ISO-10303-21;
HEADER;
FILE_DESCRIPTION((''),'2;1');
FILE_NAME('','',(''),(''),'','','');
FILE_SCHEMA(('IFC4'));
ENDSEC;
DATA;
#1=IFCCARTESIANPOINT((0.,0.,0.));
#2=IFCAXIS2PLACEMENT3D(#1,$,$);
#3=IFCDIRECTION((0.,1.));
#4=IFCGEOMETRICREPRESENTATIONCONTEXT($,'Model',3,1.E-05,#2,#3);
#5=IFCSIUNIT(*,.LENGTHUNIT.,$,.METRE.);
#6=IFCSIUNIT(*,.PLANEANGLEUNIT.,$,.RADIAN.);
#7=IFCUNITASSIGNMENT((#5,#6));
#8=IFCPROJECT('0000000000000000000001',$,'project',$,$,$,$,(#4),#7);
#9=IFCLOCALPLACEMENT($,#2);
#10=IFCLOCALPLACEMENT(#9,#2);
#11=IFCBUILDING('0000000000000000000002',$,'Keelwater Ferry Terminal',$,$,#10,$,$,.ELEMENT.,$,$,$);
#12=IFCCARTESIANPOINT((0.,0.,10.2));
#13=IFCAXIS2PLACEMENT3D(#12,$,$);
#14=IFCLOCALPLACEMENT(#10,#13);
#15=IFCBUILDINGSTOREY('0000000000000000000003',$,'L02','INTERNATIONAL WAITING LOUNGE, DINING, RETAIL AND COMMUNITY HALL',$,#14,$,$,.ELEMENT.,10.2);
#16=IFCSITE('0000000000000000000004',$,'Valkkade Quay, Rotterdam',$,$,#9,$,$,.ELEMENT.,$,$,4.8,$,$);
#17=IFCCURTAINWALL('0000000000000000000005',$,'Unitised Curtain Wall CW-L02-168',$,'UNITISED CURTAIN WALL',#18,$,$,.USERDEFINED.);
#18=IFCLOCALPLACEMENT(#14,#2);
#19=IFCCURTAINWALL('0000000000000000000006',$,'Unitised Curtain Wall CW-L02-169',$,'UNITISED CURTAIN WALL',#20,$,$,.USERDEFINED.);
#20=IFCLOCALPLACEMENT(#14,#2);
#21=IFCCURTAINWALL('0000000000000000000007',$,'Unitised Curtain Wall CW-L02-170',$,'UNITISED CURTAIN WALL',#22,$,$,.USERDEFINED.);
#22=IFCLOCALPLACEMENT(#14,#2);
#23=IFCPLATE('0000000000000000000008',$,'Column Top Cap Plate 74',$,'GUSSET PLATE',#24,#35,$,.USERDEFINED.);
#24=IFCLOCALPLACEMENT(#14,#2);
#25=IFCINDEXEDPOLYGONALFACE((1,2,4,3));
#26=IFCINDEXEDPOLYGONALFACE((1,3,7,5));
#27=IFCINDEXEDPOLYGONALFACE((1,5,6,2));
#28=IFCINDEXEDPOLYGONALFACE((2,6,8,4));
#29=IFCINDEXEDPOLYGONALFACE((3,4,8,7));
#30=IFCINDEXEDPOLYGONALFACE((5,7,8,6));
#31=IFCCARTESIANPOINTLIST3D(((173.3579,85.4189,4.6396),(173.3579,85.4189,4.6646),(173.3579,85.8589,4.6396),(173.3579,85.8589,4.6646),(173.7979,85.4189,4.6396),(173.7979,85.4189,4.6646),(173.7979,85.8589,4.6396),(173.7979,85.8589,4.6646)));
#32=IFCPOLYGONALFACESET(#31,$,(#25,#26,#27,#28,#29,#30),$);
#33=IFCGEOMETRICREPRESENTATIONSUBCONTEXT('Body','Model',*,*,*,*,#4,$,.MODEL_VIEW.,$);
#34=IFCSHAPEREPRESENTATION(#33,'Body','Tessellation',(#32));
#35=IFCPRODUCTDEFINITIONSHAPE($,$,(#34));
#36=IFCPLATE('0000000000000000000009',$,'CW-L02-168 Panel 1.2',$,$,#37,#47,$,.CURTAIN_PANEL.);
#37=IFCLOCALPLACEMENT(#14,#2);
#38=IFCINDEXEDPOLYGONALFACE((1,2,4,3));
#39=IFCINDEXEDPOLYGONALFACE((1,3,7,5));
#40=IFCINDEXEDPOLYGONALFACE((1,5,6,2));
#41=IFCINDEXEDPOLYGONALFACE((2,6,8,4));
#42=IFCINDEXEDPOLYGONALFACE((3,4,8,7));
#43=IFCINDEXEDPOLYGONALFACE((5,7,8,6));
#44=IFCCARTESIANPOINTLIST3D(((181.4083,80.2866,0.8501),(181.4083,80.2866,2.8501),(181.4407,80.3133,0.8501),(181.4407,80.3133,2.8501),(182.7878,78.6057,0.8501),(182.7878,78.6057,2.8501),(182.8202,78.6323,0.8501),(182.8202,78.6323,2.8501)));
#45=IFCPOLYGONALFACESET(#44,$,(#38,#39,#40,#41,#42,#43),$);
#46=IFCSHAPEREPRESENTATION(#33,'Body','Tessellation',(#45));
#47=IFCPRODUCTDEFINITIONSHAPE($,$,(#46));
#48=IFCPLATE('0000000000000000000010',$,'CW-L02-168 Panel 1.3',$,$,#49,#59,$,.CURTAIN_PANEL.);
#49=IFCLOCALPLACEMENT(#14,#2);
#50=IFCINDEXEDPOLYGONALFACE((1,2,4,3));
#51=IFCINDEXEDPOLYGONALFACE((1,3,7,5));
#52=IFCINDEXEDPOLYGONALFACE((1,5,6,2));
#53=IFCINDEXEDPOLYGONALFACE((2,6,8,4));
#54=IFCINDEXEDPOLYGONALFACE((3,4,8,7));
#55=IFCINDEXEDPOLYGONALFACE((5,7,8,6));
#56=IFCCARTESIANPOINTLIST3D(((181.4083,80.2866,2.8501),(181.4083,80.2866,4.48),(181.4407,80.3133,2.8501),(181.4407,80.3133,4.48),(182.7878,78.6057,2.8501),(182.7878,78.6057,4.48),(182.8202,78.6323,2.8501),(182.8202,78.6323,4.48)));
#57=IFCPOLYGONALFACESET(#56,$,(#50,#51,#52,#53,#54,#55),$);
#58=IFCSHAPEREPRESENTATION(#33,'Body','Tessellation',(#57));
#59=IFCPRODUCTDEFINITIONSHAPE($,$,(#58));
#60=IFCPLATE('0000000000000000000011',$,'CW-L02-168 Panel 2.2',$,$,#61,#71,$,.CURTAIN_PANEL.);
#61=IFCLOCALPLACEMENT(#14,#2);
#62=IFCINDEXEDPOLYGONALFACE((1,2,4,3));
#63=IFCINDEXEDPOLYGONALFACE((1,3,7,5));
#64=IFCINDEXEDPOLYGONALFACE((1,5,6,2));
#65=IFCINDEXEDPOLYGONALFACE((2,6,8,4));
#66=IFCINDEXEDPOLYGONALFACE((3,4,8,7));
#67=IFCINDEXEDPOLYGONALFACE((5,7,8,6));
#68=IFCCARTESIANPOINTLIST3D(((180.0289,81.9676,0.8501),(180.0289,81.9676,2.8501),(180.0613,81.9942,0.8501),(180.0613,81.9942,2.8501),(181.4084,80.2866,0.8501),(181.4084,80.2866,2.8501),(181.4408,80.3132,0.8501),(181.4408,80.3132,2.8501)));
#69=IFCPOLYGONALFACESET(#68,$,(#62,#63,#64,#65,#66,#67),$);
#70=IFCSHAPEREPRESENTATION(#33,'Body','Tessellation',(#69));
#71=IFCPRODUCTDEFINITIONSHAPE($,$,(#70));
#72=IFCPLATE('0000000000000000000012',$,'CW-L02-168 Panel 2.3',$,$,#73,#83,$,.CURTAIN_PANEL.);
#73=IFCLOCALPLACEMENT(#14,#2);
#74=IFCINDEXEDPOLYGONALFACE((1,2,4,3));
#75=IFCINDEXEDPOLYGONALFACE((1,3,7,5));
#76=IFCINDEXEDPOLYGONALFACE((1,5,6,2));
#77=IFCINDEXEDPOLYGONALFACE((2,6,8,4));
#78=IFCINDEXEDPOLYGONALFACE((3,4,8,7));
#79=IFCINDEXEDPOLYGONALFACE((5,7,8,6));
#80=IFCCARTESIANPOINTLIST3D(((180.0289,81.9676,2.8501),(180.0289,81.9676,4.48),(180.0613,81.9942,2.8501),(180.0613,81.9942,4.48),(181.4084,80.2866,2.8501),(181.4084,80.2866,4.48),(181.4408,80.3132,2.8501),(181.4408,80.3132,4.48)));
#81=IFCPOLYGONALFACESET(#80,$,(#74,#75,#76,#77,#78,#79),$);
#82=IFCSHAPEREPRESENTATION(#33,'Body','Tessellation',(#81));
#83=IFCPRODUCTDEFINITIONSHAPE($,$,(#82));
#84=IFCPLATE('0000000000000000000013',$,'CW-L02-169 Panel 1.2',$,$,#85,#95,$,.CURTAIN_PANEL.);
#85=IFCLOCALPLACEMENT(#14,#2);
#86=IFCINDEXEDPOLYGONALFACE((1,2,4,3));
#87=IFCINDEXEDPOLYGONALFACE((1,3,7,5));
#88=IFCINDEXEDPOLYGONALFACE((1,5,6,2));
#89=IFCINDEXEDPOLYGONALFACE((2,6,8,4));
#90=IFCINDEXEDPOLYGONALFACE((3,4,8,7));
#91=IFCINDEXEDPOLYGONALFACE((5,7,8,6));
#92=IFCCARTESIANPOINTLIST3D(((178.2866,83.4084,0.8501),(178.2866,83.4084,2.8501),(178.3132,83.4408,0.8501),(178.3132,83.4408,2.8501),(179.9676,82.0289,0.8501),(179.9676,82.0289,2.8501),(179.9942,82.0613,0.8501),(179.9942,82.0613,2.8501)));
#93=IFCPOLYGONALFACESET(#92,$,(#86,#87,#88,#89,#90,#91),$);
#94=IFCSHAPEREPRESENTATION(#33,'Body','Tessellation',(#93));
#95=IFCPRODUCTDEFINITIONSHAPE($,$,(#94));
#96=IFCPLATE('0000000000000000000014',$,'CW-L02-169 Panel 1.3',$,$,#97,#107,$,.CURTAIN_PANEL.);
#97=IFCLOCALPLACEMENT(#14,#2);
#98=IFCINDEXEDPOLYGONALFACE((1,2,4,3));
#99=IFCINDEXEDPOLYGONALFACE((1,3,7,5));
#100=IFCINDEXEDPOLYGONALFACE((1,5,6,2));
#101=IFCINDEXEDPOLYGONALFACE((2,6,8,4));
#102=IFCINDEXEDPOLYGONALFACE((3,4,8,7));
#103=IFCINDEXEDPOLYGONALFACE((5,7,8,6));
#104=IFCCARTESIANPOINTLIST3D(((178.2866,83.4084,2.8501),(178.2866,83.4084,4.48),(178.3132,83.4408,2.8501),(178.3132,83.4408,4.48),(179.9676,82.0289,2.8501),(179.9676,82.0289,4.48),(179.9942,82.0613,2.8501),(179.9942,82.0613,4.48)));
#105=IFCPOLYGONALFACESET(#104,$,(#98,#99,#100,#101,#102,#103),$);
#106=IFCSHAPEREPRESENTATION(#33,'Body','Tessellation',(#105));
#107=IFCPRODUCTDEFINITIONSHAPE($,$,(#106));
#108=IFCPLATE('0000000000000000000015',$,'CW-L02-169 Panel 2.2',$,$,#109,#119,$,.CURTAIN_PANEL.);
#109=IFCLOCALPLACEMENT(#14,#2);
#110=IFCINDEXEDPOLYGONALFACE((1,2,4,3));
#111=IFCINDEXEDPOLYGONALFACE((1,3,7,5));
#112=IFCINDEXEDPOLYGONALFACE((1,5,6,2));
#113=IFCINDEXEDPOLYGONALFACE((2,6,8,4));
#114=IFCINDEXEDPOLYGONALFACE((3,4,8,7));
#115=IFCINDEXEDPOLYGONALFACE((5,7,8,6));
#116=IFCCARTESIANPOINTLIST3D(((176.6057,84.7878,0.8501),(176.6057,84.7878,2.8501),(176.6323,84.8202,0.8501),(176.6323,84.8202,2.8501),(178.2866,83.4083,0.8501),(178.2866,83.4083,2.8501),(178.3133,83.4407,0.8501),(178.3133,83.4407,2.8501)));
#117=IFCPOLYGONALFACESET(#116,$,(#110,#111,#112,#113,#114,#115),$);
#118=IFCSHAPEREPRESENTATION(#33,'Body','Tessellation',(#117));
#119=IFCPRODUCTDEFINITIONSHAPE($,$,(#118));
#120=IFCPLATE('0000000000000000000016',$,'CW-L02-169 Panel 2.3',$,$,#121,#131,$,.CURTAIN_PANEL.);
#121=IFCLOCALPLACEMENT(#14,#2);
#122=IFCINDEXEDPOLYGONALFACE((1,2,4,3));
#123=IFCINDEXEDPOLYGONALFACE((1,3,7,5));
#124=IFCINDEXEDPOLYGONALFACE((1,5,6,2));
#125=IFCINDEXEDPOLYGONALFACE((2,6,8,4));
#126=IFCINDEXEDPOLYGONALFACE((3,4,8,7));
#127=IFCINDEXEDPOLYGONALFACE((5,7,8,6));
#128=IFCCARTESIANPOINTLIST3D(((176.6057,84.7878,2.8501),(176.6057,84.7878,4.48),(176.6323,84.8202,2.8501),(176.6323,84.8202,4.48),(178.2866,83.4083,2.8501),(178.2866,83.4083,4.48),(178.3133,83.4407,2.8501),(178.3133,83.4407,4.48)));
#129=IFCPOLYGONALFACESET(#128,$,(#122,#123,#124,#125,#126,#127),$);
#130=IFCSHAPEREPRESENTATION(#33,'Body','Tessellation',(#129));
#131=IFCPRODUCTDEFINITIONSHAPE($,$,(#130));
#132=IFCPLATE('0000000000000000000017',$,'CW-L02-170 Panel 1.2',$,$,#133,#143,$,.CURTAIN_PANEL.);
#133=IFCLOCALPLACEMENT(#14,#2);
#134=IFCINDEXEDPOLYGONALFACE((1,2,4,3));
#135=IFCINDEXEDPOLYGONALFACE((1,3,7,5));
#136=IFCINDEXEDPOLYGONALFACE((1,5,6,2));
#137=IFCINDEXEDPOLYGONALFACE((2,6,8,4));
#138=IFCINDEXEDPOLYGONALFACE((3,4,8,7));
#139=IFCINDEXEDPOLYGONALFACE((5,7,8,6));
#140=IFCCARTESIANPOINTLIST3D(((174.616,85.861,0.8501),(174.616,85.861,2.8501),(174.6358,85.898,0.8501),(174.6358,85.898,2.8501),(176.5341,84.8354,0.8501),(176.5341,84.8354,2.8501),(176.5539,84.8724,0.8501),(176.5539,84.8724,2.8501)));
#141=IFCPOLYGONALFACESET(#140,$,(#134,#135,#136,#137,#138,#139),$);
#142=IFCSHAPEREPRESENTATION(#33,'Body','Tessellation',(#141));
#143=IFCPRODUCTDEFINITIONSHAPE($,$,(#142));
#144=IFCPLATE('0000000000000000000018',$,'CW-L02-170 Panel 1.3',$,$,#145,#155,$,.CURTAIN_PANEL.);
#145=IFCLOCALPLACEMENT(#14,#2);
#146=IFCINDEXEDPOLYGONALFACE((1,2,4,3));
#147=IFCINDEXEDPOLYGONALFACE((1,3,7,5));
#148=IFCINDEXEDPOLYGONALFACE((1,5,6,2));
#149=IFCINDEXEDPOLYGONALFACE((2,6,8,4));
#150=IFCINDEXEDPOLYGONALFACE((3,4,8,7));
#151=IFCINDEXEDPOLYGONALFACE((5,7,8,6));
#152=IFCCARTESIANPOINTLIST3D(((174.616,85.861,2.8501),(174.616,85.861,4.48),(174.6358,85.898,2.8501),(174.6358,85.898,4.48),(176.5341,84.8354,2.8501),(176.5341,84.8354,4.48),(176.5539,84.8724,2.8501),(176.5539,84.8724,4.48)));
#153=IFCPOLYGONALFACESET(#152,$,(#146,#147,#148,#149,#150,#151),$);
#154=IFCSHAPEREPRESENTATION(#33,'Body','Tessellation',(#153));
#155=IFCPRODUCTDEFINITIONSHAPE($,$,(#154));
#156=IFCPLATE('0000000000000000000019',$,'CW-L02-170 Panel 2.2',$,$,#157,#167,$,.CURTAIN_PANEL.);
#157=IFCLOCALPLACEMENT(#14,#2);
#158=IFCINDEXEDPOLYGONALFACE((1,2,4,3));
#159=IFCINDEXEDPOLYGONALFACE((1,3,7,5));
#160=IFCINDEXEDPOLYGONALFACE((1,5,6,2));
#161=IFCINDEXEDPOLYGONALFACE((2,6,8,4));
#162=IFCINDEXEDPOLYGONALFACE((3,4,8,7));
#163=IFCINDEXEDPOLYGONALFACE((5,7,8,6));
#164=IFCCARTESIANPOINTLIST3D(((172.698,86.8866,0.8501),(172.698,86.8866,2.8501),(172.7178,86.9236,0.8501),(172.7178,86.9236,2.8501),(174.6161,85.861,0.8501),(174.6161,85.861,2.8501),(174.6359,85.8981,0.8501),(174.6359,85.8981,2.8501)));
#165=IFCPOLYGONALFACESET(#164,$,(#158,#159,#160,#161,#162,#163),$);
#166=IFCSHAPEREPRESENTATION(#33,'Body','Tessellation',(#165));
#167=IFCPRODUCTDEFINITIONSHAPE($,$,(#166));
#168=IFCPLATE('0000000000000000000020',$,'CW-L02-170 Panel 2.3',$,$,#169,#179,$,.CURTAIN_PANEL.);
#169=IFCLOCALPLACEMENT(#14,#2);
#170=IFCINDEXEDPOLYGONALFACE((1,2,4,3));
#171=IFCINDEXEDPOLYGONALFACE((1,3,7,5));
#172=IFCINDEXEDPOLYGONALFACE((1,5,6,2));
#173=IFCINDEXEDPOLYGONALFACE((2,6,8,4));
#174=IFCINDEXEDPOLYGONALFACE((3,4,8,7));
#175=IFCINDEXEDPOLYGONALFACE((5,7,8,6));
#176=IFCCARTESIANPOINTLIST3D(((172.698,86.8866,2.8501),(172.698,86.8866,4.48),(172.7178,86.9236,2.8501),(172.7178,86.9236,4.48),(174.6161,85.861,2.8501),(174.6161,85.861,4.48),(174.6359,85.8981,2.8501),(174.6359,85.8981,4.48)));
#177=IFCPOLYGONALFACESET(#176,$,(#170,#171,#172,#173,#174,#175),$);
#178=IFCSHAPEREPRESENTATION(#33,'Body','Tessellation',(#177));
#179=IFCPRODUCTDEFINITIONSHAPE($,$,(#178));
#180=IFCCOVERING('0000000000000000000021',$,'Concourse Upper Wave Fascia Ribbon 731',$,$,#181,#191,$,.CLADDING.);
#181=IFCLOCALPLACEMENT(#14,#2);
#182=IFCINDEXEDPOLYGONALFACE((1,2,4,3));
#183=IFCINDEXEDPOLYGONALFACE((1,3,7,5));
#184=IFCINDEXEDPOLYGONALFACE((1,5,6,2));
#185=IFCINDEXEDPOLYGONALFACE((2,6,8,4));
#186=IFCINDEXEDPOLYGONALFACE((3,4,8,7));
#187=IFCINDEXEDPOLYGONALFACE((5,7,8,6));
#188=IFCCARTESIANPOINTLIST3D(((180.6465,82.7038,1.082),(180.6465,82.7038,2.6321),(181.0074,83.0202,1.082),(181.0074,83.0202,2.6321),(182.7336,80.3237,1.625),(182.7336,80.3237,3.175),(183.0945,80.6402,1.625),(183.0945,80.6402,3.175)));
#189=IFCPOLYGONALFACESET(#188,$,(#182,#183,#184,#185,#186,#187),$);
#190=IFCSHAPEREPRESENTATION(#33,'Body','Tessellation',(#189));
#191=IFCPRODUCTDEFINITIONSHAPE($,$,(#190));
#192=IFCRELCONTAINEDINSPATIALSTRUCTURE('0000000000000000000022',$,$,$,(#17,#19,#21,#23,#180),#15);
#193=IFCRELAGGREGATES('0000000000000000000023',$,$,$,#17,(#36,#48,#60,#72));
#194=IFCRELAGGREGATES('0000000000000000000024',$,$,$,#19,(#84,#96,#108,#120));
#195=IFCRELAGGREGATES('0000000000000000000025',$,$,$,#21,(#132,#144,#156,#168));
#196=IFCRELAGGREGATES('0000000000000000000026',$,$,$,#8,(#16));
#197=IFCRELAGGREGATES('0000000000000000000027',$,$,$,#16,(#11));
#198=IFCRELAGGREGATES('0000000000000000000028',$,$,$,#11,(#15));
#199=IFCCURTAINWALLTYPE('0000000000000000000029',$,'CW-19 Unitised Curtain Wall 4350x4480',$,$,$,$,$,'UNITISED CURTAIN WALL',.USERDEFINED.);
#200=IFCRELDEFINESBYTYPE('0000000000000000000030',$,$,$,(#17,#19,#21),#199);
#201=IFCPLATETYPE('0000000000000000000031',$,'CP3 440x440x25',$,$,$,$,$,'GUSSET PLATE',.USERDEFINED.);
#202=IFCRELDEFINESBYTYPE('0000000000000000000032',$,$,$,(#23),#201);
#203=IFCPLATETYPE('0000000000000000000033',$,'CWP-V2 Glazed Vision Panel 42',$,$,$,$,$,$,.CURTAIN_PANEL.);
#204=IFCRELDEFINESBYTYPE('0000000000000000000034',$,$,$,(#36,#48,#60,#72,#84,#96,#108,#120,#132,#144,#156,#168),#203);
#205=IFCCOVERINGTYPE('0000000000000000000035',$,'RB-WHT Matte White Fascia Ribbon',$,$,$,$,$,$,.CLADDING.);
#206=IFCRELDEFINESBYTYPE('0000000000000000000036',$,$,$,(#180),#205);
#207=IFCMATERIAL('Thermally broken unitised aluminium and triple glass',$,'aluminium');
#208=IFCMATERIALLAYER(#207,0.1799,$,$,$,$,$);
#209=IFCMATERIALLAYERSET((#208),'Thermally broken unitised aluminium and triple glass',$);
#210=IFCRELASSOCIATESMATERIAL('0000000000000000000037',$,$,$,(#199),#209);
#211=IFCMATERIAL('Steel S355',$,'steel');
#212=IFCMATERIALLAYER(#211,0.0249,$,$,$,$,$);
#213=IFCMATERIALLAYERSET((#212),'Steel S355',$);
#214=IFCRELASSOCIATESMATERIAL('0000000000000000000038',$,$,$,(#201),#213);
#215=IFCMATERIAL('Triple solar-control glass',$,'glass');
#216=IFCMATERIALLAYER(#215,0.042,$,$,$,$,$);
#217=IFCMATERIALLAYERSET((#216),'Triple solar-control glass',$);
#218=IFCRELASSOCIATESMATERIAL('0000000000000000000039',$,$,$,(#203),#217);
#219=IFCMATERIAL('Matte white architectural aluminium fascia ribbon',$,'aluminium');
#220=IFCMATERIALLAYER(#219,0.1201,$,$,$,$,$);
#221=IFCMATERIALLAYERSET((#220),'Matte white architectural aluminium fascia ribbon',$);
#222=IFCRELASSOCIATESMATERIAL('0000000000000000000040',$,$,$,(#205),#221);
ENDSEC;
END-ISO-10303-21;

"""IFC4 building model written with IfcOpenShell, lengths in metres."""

from ifc_helpers import new_model, si_unit, direction, frame, origin, origin_2d, place, context, subcontext, project, spatial, polyline, rectangle, outline, extrude, material, layer, layer_set, type_object, element, aggregate, save


model = new_model("IFC4")

# Units and contexts
model_context = context("Model", 3, precision=1e-05, world=origin(), true_north=direction((0.0, 1.0)))
body_context = subcontext(model_context, "Body", "Model", "MODEL_VIEW")
ifc_project = project(units=[si_unit("LENGTHUNIT", "METRE"), si_unit("PLANEANGLEUNIT", "RADIAN")], contexts=[model_context])

# Site, building, storey
site_placement = place(None, origin())
site = spatial("IfcSite", under=ifc_project, at=site_placement, Name="Valkkade Quay, Rotterdam", CompositionType="ELEMENT", RefElevation=4.8)
building_placement = place(site_placement, origin())
building = spatial("IfcBuilding", under=site, at=building_placement, Name="Keelwater Ferry Terminal", CompositionType="ELEMENT")
storey_placement = place(building_placement, frame((0.0, 0.0, 10.2)))
storey = spatial("IfcBuildingStorey", under=building, at=storey_placement, Name="L02", Description="INTERNATIONAL WAITING LOUNGE, DINING, RETAIL AND COMMUNITY HALL", CompositionType="ELEMENT", Elevation=10.2)

# Curtain walls
ifc_material_1 = material(Name="Thermally broken unitised aluminium and triple glass", Category="aluminium")
ifc_layer_1 = layer(ifc_material_1, 0.1799)
ifc_layer_set_1 = layer_set([ifc_layer_1], Name="Thermally broken unitised aluminium and triple glass")
curtain_wall_type = type_object("IfcCurtainWallType", Name="CW-19 Unitised Curtain Wall 4350x4480", ElementType="UNITISED CURTAIN WALL", PredefinedType="USERDEFINED", material=ifc_layer_set_1)
curtain_wall_1_placement = place(storey_placement, origin())
curtain_wall_1 = element("IfcCurtainWall", 1, at=curtain_wall_1_placement, inside=storey, type_object=curtain_wall_type, Name="Unitised Curtain Wall CW-L02-168", ObjectType="UNITISED CURTAIN WALL", PredefinedType="USERDEFINED")
curtain_wall_2_placement = place(storey_placement, origin())
curtain_wall_2 = element("IfcCurtainWall", 2, at=curtain_wall_2_placement, inside=storey, type_object=curtain_wall_type, Name="Unitised Curtain Wall CW-L02-169", ObjectType="UNITISED CURTAIN WALL", PredefinedType="USERDEFINED")
curtain_wall_3_placement = place(storey_placement, origin())
curtain_wall_3 = element("IfcCurtainWall", 3, at=curtain_wall_3_placement, inside=storey, type_object=curtain_wall_type, Name="Unitised Curtain Wall CW-L02-170", ObjectType="UNITISED CURTAIN WALL", PredefinedType="USERDEFINED")

# Plates
ifc_material_2 = material(Name="Steel S355", Category="steel")
ifc_layer_2 = layer(ifc_material_2, 0.0249)
ifc_layer_set_2 = layer_set([ifc_layer_2], Name="Steel S355")
plate_type_1 = type_object("IfcPlateType", Name="CP3 440x440x25", ElementType="GUSSET PLATE", PredefinedType="USERDEFINED", material=ifc_layer_set_2)
plate_1_placement = place(storey_placement, frame((173.5779, 85.6389, 4.6396), z_axis=(0.0, 0.0, 1.0), x_axis=(1.0, 0.0, 0.0)))
element("IfcPlate", 4, at=plate_1_placement, inside=storey, type_object=plate_type_1, Name="Column Top Cap Plate 74", ObjectType="GUSSET PLATE", PredefinedType="USERDEFINED", context=body_context, shape_type="SweptSolid", body=[
    extrude(rectangle(XDim=0.4399, YDim=0.4399, at=origin_2d()), origin(), (0.0, 0.0, 1.0), 0.0249),
])
ifc_material_3 = material(Name="Triple solar-control glass", Category="glass")
ifc_layer_3 = layer(ifc_material_3, 0.042)
ifc_layer_set_3 = layer_set([ifc_layer_3], Name="Triple solar-control glass")
plate_type_2 = type_object("IfcPlateType", Name="CWP-V2 Glazed Vision Panel 42", PredefinedType="CURTAIN_PANEL", material=ifc_layer_set_3)
plate_2_placement = place(storey_placement, frame((182.1143, 79.4595, 0.8501), z_axis=(0.0, 0.0, 1.0), x_axis=(-0.634377, 0.773024, 0.0)))
plate_2 = element("IfcPlate", 5, at=plate_2_placement, type_object=plate_type_2, Name="CW-L02-168 Panel 1.2", PredefinedType="CURTAIN_PANEL", context=body_context, shape_type="SweptSolid", body=[
    extrude(rectangle(XDim=2.1746, YDim=0.042, at=origin_2d()), origin(), (0.0, 0.0, 1.0), 2.0),
])
plate_3_placement = place(storey_placement, frame((182.1143, 79.4595, 2.8501), z_axis=(0.0, 0.0, 1.0), x_axis=(-0.634377, 0.773024, 0.0)))
plate_3 = element("IfcPlate", 6, at=plate_3_placement, type_object=plate_type_2, Name="CW-L02-168 Panel 1.3", PredefinedType="CURTAIN_PANEL", context=body_context, shape_type="SweptSolid", body=[
    extrude(rectangle(XDim=2.1746, YDim=0.042, at=origin_2d()), origin(), (0.0, 0.0, 1.0), 1.6299),
])
plate_4_placement = place(storey_placement, frame((180.7349, 81.1404, 0.8501), z_axis=(0.0, 0.0, 1.0), x_axis=(-0.634377, 0.773024, 0.0)))
plate_4 = element("IfcPlate", 7, at=plate_4_placement, type_object=plate_type_2, Name="CW-L02-168 Panel 2.2", PredefinedType="CURTAIN_PANEL", context=body_context, shape_type="SweptSolid", body=[
    extrude(rectangle(XDim=2.1746, YDim=0.042, at=origin_2d()), origin(), (0.0, 0.0, 1.0), 2.0),
])
plate_5_placement = place(storey_placement, frame((180.7349, 81.1404, 2.8501), z_axis=(0.0, 0.0, 1.0), x_axis=(-0.634377, 0.773024, 0.0)))
plate_5 = element("IfcPlate", 8, at=plate_5_placement, type_object=plate_type_2, Name="CW-L02-168 Panel 2.3", PredefinedType="CURTAIN_PANEL", context=body_context, shape_type="SweptSolid", body=[
    extrude(rectangle(XDim=2.1746, YDim=0.042, at=origin_2d()), origin(), (0.0, 0.0, 1.0), 1.6299),
])
aggregate(curtain_wall_1, [plate_2, plate_3, plate_4, plate_5])
plate_6_placement = place(storey_placement, frame((179.1404, 82.7349, 0.8501), z_axis=(0.0, 0.0, 1.0), x_axis=(-0.773024, 0.634377, 0.0)))
plate_6 = element("IfcPlate", 9, at=plate_6_placement, type_object=plate_type_2, Name="CW-L02-169 Panel 1.2", PredefinedType="CURTAIN_PANEL", context=body_context, shape_type="SweptSolid", body=[
    extrude(rectangle(XDim=2.1746, YDim=0.042, at=origin_2d()), origin(), (0.0, 0.0, 1.0), 2.0),
])
plate_7_placement = place(storey_placement, frame((179.1404, 82.7349, 2.8501), z_axis=(0.0, 0.0, 1.0), x_axis=(-0.773024, 0.634377, 0.0)))
plate_7 = element("IfcPlate", 10, at=plate_7_placement, type_object=plate_type_2, Name="CW-L02-169 Panel 1.3", PredefinedType="CURTAIN_PANEL", context=body_context, shape_type="SweptSolid", body=[
    extrude(rectangle(XDim=2.1746, YDim=0.042, at=origin_2d()), origin(), (0.0, 0.0, 1.0), 1.6299),
])
plate_8_placement = place(storey_placement, frame((177.4595, 84.1143, 0.8501), z_axis=(0.0, 0.0, 1.0), x_axis=(-0.773024, 0.634377, 0.0)))
plate_8 = element("IfcPlate", 11, at=plate_8_placement, type_object=plate_type_2, Name="CW-L02-169 Panel 2.2", PredefinedType="CURTAIN_PANEL", context=body_context, shape_type="SweptSolid", body=[
    extrude(rectangle(XDim=2.1746, YDim=0.042, at=origin_2d()), origin(), (0.0, 0.0, 1.0), 2.0),
])
plate_9_placement = place(storey_placement, frame((177.4595, 84.1143, 2.8501), z_axis=(0.0, 0.0, 1.0), x_axis=(-0.773024, 0.634377, 0.0)))
plate_9 = element("IfcPlate", 12, at=plate_9_placement, type_object=plate_type_2, Name="CW-L02-169 Panel 2.3", PredefinedType="CURTAIN_PANEL", context=body_context, shape_type="SweptSolid", body=[
    extrude(rectangle(XDim=2.1746, YDim=0.042, at=origin_2d()), origin(), (0.0, 0.0, 1.0), 1.6299),
])
aggregate(curtain_wall_2, [plate_6, plate_7, plate_8, plate_9])
plate_10_placement = place(storey_placement, frame((175.585, 85.3667, 0.8501), z_axis=(0.0, 0.0, 1.0), x_axis=(-0.881862, 0.471507, 0.0)))
plate_10 = element("IfcPlate", 13, at=plate_10_placement, type_object=plate_type_2, Name="CW-L02-170 Panel 1.2", PredefinedType="CURTAIN_PANEL", context=body_context, shape_type="SweptSolid", body=[
    extrude(rectangle(XDim=2.175, YDim=0.042, at=origin_2d()), origin(), (0.0, 0.0, 1.0), 2.0),
])
plate_11_placement = place(storey_placement, frame((175.585, 85.3667, 2.8501), z_axis=(0.0, 0.0, 1.0), x_axis=(-0.881862, 0.471507, 0.0)))
plate_11 = element("IfcPlate", 14, at=plate_11_placement, type_object=plate_type_2, Name="CW-L02-170 Panel 1.3", PredefinedType="CURTAIN_PANEL", context=body_context, shape_type="SweptSolid", body=[
    extrude(rectangle(XDim=2.175, YDim=0.042, at=origin_2d()), origin(), (0.0, 0.0, 1.0), 1.6299),
])
plate_12_placement = place(storey_placement, frame((173.667, 86.3923, 0.8501), z_axis=(0.0, 0.0, 1.0), x_axis=(-0.881862, 0.471507, 0.0)))
plate_12 = element("IfcPlate", 15, at=plate_12_placement, type_object=plate_type_2, Name="CW-L02-170 Panel 2.2", PredefinedType="CURTAIN_PANEL", context=body_context, shape_type="SweptSolid", body=[
    extrude(rectangle(XDim=2.175, YDim=0.042, at=origin_2d()), origin(), (0.0, 0.0, 1.0), 2.0),
])
plate_13_placement = place(storey_placement, frame((173.667, 86.3923, 2.8501), z_axis=(0.0, 0.0, 1.0), x_axis=(-0.881862, 0.471507, 0.0)))
plate_13 = element("IfcPlate", 16, at=plate_13_placement, type_object=plate_type_2, Name="CW-L02-170 Panel 2.3", PredefinedType="CURTAIN_PANEL", context=body_context, shape_type="SweptSolid", body=[
    extrude(rectangle(XDim=2.175, YDim=0.042, at=origin_2d()), origin(), (0.0, 0.0, 1.0), 1.6299),
])
aggregate(curtain_wall_3, [plate_10, plate_11, plate_12, plate_13])

# Covering
ifc_material_4 = material(Name="Matte white architectural aluminium fascia ribbon", Category="aluminium")
ifc_layer_4 = layer(ifc_material_4, 0.1201)
ifc_layer_set_4 = layer_set([ifc_layer_4], Name="Matte white architectural aluminium fascia ribbon")
covering_type = type_object("IfcCoveringType", Name="RB-WHT Matte White Fascia Ribbon", PredefinedType="CLADDING", material=ifc_layer_set_4)
covering_1_placement = place(storey_placement, frame((182.9141, 80.4819, 1.082), z_axis=(0.0, 0.0, 1.0), x_axis=(-0.659318, 0.751864, 0.0)))
element("IfcCovering", 17, at=covering_1_placement, inside=storey, type_object=covering_type, Name="Concourse Upper Wave Fascia Ribbon 731", PredefinedType="CLADDING", context=body_context, shape_type="SweptSolid", body=[
    extrude(outline(polyline([(0.0, 0.543), (3.1655, 0.0), (3.1655, 1.55), (0.0, 2.093), (0.0, 0.543)])), frame((0.0, 0.24, 0.0), z_axis=(0.0, -1.0, 0.0), x_axis=(1.0, 0.0, 0.0)), (0.0, 0.0, 1.0), 0.48),
])

save(model, "model.ifc")
